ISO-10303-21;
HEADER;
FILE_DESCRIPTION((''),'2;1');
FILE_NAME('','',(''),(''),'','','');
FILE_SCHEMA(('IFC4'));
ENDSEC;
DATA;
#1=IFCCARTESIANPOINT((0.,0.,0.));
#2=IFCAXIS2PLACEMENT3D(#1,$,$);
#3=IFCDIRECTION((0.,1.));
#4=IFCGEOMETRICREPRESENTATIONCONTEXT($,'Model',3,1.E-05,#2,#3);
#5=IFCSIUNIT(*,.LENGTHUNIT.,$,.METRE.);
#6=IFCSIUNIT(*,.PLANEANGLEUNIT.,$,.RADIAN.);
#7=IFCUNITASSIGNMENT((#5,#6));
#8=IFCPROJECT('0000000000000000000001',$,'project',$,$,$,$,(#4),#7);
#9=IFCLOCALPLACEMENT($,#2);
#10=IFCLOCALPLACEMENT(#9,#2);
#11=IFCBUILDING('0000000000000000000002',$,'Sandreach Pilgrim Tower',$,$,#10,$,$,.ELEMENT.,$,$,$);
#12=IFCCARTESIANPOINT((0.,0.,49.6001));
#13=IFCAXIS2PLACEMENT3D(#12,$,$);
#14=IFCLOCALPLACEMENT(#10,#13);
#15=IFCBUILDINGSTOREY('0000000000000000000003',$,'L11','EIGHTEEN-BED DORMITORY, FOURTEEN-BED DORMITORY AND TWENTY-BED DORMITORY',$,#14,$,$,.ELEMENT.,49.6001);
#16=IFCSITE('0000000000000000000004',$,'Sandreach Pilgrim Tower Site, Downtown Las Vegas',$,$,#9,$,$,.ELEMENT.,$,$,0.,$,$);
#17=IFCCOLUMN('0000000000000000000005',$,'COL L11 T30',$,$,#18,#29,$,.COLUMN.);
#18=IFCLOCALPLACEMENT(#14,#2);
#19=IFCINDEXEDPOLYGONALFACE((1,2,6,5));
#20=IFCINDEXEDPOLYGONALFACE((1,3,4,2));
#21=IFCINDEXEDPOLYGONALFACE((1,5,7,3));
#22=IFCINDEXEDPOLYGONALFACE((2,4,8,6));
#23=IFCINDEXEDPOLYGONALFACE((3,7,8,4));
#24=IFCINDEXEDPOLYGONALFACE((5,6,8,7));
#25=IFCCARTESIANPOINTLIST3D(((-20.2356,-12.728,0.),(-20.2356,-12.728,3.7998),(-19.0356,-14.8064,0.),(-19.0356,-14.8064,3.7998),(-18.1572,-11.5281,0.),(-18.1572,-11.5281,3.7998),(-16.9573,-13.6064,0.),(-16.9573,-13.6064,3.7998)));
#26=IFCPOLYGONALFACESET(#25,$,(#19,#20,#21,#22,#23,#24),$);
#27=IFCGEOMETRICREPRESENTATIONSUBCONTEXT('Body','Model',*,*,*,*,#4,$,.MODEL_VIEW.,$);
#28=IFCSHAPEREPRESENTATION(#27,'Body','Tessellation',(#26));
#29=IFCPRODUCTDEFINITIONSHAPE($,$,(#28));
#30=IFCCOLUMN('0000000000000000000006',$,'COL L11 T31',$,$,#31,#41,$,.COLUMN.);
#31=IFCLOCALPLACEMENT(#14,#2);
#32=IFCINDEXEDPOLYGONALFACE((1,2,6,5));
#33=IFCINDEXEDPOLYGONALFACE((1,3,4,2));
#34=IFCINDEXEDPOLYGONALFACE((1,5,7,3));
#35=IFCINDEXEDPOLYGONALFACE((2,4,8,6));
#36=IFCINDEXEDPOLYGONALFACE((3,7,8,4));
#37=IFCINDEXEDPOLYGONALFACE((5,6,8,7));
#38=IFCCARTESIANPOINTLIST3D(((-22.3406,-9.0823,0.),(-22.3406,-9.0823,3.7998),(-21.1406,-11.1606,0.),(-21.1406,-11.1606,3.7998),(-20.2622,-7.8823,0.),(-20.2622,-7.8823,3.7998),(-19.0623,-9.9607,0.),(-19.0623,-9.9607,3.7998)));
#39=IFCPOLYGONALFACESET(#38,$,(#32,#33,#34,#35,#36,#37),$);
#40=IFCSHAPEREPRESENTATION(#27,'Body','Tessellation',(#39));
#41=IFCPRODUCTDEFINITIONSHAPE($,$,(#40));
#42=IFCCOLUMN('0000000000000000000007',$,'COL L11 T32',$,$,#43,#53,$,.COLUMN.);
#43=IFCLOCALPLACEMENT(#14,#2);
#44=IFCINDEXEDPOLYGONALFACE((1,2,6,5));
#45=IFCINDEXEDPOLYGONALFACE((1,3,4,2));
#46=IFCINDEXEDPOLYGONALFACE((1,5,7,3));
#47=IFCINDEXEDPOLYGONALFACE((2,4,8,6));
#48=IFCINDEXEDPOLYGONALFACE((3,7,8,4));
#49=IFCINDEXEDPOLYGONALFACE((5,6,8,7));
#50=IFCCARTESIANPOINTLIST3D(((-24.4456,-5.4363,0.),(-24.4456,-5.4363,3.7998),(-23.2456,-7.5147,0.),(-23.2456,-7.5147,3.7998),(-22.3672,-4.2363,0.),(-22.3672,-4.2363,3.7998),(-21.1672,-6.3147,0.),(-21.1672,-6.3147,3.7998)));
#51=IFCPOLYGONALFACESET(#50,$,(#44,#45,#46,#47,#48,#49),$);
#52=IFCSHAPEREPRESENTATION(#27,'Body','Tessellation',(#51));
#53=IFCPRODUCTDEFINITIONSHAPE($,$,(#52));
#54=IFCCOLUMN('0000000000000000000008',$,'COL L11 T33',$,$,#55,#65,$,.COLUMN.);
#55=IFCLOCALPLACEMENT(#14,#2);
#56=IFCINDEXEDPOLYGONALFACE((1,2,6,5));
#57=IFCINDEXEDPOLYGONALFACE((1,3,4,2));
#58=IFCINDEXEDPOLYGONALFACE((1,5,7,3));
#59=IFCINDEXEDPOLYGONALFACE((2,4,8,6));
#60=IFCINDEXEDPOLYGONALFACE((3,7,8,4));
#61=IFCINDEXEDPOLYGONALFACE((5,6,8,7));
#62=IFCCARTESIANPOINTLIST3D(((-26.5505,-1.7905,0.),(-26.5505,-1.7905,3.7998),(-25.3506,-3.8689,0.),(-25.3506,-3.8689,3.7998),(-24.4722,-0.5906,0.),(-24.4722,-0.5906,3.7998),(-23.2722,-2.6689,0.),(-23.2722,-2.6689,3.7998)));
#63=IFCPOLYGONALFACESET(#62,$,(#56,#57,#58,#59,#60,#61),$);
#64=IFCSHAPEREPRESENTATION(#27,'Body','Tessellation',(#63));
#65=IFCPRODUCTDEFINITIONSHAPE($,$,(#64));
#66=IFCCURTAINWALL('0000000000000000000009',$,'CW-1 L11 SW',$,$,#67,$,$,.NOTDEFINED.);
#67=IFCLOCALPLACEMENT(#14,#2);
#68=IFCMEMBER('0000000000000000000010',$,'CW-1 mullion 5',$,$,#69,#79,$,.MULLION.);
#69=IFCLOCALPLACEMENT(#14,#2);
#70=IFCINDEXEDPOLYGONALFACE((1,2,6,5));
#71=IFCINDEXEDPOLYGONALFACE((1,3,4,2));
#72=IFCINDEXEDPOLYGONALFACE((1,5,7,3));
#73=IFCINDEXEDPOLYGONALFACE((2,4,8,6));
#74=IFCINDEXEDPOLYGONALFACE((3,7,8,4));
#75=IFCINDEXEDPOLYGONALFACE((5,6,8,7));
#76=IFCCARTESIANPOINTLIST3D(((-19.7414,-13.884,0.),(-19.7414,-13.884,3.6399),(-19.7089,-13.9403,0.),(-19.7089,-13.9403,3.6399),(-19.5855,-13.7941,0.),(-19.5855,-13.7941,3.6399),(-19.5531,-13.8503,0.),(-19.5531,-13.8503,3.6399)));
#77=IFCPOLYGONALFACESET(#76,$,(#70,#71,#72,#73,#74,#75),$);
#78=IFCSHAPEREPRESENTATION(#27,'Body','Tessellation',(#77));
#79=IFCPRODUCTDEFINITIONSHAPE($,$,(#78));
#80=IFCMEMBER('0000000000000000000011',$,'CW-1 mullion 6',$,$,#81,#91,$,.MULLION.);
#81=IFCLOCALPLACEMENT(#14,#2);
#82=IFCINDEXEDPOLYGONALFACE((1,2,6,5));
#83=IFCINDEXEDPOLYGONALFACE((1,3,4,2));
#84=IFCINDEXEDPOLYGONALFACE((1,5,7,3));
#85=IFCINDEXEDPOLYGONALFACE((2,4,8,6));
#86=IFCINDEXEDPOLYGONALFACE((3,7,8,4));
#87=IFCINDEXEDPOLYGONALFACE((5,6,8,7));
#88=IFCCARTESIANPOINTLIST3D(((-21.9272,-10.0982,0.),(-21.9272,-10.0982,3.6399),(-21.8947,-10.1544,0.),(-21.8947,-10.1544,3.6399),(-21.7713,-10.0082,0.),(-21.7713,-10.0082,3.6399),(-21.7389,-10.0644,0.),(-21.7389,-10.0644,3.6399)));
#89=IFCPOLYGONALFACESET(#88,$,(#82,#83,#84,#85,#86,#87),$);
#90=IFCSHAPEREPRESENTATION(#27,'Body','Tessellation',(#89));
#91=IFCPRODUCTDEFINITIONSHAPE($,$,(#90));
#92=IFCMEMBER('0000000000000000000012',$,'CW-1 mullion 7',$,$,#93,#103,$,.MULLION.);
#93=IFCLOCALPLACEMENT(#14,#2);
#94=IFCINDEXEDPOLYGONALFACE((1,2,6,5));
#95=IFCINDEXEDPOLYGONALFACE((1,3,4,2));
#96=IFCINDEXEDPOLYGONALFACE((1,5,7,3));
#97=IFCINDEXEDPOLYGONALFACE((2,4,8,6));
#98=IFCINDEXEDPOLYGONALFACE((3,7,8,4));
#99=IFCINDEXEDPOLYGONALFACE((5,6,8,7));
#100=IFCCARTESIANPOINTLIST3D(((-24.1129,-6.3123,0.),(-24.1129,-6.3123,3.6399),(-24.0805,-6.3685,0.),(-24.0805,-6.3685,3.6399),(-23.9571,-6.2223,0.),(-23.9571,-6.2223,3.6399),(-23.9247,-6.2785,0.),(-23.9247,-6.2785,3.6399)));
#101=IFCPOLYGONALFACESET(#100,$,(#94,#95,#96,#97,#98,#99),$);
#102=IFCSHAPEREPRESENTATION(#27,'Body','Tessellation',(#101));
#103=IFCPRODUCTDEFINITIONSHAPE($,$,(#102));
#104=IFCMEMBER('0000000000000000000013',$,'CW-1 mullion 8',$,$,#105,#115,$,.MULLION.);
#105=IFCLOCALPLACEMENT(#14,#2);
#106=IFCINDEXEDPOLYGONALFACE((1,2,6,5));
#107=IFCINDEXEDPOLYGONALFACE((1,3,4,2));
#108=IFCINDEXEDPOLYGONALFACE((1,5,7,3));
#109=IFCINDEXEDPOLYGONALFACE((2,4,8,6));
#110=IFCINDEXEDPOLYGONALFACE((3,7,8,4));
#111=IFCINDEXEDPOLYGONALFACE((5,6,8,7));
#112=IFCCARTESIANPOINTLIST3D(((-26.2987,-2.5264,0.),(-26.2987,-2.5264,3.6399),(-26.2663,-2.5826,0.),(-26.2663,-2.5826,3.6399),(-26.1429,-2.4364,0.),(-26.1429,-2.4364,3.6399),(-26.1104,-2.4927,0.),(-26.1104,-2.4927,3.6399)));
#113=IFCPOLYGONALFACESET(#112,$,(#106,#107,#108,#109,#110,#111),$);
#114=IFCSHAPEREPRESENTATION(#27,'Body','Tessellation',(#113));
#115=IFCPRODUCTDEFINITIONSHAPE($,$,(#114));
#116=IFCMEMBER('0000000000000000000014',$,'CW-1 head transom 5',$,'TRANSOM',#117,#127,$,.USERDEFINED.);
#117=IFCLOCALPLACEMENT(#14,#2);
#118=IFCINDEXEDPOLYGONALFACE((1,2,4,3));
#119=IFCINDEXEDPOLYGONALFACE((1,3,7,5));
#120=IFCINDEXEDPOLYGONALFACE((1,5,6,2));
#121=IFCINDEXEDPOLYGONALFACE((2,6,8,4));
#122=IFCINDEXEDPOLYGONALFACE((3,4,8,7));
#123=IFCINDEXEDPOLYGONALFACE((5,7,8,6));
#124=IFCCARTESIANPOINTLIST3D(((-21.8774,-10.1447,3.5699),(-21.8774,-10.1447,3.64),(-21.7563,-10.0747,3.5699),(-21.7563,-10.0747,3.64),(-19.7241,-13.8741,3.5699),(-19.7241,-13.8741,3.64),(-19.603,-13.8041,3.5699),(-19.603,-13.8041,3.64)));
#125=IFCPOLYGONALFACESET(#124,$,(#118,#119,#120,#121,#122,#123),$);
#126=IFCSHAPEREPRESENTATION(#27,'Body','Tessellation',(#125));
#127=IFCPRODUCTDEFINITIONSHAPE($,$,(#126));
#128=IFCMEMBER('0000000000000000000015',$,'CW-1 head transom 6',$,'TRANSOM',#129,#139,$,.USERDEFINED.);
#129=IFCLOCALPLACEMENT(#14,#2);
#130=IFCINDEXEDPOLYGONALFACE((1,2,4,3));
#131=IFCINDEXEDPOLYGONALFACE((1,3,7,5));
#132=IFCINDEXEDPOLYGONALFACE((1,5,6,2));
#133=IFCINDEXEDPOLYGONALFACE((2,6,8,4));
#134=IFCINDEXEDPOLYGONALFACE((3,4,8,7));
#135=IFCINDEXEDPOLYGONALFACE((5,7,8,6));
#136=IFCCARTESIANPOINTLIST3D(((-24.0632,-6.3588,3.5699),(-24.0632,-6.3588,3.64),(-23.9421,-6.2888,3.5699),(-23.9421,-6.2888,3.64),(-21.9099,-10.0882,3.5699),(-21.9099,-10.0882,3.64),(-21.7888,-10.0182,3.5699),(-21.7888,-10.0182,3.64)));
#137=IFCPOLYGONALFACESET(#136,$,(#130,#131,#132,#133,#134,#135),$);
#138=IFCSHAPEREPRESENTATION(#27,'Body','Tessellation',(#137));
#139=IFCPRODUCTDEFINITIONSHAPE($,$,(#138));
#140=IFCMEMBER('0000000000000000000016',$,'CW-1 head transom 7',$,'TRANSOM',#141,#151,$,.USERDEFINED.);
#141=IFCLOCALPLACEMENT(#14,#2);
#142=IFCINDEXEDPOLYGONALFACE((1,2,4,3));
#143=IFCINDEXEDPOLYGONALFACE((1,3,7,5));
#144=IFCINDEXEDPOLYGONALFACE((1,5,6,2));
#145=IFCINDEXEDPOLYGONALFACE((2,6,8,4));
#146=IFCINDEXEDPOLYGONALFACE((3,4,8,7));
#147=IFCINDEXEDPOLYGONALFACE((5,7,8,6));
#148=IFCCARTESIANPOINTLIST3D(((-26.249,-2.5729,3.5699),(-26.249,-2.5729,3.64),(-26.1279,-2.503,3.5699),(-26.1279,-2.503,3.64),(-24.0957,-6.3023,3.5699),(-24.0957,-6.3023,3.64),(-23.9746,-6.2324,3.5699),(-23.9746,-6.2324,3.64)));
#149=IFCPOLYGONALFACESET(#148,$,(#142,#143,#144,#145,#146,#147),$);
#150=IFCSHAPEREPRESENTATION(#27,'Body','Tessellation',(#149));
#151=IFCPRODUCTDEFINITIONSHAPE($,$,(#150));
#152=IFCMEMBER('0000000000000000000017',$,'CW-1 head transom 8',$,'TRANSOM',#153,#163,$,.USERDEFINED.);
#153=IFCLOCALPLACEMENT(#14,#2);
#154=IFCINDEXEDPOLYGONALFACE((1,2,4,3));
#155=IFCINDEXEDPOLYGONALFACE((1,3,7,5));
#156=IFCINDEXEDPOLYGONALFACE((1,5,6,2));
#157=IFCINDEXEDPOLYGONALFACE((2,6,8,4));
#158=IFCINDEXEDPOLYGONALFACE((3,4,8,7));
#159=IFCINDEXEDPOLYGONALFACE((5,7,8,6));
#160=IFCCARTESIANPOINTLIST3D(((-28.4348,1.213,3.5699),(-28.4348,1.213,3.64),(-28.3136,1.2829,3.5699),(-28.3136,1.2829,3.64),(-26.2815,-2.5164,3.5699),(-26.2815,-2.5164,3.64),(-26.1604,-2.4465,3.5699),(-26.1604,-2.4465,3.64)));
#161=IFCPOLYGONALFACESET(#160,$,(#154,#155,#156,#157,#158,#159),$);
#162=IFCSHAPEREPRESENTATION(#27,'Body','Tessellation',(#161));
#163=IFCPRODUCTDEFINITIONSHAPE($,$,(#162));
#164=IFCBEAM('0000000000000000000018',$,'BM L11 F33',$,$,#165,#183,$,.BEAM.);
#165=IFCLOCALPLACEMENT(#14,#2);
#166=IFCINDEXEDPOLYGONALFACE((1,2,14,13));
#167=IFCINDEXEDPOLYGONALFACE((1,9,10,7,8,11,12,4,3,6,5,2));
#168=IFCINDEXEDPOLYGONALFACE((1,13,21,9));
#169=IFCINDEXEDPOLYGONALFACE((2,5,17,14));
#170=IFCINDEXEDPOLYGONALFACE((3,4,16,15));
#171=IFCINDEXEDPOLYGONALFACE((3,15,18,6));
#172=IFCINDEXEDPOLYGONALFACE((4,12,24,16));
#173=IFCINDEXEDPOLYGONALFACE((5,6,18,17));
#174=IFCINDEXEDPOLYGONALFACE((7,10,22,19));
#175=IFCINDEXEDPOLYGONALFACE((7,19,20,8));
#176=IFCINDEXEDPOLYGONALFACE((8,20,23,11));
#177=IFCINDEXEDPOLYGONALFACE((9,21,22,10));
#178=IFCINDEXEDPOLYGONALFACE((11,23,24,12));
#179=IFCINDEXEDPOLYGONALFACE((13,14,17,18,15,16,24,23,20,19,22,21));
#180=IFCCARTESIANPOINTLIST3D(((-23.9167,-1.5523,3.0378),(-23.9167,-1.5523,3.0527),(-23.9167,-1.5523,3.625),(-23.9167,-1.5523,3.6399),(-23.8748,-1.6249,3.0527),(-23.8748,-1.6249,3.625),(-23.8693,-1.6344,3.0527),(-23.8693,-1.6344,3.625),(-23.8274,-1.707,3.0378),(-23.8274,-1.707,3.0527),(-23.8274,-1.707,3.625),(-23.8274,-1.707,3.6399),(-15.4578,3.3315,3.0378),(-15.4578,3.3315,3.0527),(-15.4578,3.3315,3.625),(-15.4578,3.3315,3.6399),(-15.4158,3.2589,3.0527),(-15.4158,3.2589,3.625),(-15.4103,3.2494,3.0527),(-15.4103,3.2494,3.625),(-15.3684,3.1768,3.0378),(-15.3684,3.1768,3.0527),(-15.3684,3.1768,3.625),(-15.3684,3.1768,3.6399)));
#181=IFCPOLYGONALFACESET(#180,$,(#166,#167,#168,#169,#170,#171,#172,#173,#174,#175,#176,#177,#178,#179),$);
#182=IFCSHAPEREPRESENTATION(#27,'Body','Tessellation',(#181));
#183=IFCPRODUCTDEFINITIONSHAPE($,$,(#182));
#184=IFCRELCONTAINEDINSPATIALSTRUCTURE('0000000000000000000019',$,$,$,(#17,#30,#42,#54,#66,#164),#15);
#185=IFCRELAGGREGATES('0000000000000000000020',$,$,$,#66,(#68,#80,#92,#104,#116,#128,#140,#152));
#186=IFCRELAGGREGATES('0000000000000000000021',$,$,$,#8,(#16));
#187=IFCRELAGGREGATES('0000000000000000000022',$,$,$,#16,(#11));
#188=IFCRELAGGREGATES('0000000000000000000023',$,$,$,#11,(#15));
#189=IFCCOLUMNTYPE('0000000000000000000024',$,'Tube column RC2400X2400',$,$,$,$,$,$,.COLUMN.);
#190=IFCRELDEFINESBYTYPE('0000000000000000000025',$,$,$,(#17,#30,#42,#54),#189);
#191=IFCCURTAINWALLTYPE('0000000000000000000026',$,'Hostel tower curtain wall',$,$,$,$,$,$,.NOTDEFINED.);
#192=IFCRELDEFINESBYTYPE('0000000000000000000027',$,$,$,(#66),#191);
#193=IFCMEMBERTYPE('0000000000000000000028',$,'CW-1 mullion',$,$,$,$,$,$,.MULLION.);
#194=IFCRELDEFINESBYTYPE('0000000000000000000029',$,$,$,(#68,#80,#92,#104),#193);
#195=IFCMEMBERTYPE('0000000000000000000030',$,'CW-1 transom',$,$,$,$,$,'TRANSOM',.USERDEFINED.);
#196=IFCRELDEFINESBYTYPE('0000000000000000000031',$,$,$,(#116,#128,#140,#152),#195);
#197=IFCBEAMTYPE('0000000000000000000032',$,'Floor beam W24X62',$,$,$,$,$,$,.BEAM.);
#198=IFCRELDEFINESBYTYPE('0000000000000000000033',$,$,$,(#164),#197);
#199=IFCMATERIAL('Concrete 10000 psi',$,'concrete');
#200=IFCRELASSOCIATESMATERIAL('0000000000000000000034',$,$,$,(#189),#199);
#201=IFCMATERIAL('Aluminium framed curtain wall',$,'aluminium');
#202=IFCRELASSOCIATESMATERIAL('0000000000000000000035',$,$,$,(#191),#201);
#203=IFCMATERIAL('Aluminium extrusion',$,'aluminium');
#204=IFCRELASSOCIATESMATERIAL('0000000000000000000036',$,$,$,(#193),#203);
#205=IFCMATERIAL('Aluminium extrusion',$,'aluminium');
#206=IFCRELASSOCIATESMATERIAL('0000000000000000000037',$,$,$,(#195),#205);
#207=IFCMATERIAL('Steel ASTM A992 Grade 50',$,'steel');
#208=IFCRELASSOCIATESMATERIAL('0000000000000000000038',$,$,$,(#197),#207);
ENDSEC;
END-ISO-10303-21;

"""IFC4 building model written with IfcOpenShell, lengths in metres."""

from ifc_helpers import new_model, si_unit, direction, frame, origin, origin_2d, place, context, subcontext, project, spatial, rectangle, i_section, extrude, material, material_profile, profile_set, type_object, element, aggregate, save


model = new_model("IFC4")

# Units and contexts
model_context = context("Model", 3, precision=1e-05, world=origin(), true_north=direction((0.0, 1.0)))
body_context = subcontext(model_context, "Body", "Model", "MODEL_VIEW")
ifc_project = project(units=[si_unit("LENGTHUNIT", "METRE"), si_unit("PLANEANGLEUNIT", "RADIAN")], contexts=[model_context])

# Site, building, storey
site_placement = place(None, origin())
site = spatial("IfcSite", under=ifc_project, at=site_placement, Name="Sandreach Pilgrim Tower Site, Downtown Las Vegas", CompositionType="ELEMENT", RefElevation=0.0)
building_placement = place(site_placement, origin())
building = spatial("IfcBuilding", under=site, at=building_placement, Name="Sandreach Pilgrim Tower", CompositionType="ELEMENT")
storey_placement = place(building_placement, frame((0.0, 0.0, 49.6001)))
storey = spatial("IfcBuildingStorey", under=building, at=storey_placement, Name="L11", Description="EIGHTEEN-BED DORMITORY, FOURTEEN-BED DORMITORY AND TWENTY-BED DORMITORY", CompositionType="ELEMENT", Elevation=49.6001)

# Columns
ifc_material_1 = material(Name="Concrete 10000 psi", Category="concrete")
ifc_material_profile_1 = material_profile(ifc_material_1, rectangle(XDim=2.3999, YDim=2.3999, at=origin_2d()), Name="RC2400X2400")
ifc_profile_set_1 = profile_set([ifc_material_profile_1], Name="Concrete 10000 psi")
column_type = type_object("IfcColumnType", Name="Tube column RC2400X2400", PredefinedType="COLUMN", material=ifc_profile_set_1)
for number, where, z_axis, x_axis, name in (
    (1, (-18.5964, -13.1672, 0.0), (0.0, 0.0, 1.0), (-0.866025, -0.5, 0.0), "COL L11 T30"),
    (2, (-20.7014, -9.5215, 0.0), (0.0, 0.0, 1.0), (-0.866025, -0.5, 0.0), "COL L11 T31"),
    (3, (-22.8064, -5.8755, 0.0), (0.0, 0.0, 1.0), (-0.866025, -0.5, 0.0), "COL L11 T32"),
    (4, (-24.9114, -2.2297, 0.0), (0.0, 0.0, 1.0), (-0.866025, -0.5, 0.0), "COL L11 T33"),
):
    element("IfcColumn", number, at=place(storey_placement, frame(where, z_axis=z_axis, x_axis=x_axis)), inside=storey, type_object=column_type, Name=name, PredefinedType="COLUMN", context=body_context, shape_type="SweptSolid", body=[
        extrude(rectangle(XDim=2.3999, YDim=2.3999, at=origin_2d()), origin(), (0.0, 0.0, 1.0), 3.7998),
    ])

# Curtain wall, members
ifc_material_2 = material(Name="Aluminium framed curtain wall", Category="aluminium")
curtain_wall_type = type_object("IfcCurtainWallType", Name="Hostel tower curtain wall", PredefinedType="NOTDEFINED", material=ifc_material_2)
curtain_wall_placement = place(storey_placement, origin())
curtain_wall = element("IfcCurtainWall", 5, at=curtain_wall_placement, inside=storey, type_object=curtain_wall_type, Name="CW-1 L11 SW", PredefinedType="NOTDEFINED")
ifc_material_3 = material(Name="Aluminium extrusion", Category="aluminium")
ifc_material_profile_2 = material_profile(ifc_material_3, rectangle(XDim=0.0649, YDim=0.1799, at=origin_2d()), Name="CW-1M 65X180")
ifc_profile_set_2 = profile_set([ifc_material_profile_2], Name="Aluminium extrusion")
member_type_1 = type_object("IfcMemberType", Name="CW-1 mullion", PredefinedType="MULLION", material=ifc_profile_set_2)
member_1_placement = place(storey_placement, frame((-19.6472, -13.8672, 0.0), z_axis=(0.0, 0.0, 1.0), x_axis=(-0.5, 0.866025, 0.0)))
member_1 = element("IfcMember", 6, at=member_1_placement, type_object=member_type_1, Name="CW-1 mullion 5", PredefinedType="MULLION", context=body_context, shape_type="SweptSolid", body=[
    extrude(rectangle(XDim=0.0649, YDim=0.1799, at=origin_2d()), origin(), (0.0, 0.0, 1.0), 3.6399),
])
member_2_placement = place(storey_placement, frame((-21.833, -10.0813, 0.0), z_axis=(0.0, 0.0, 1.0), x_axis=(-0.5, 0.866025, 0.0)))
member_2 = element("IfcMember", 7, at=member_2_placement, type_object=member_type_1, Name="CW-1 mullion 6", PredefinedType="MULLION", context=body_context, shape_type="SweptSolid", body=[
    extrude(rectangle(XDim=0.0649, YDim=0.1799, at=origin_2d()), origin(), (0.0, 0.0, 1.0), 3.6399),
])
member_3_placement = place(storey_placement, frame((-24.0188, -6.2954, 0.0), z_axis=(0.0, 0.0, 1.0), x_axis=(-0.5, 0.866025, 0.0)))
member_3 = element("IfcMember", 8, at=member_3_placement, type_object=member_type_1, Name="CW-1 mullion 7", PredefinedType="MULLION", context=body_context, shape_type="SweptSolid", body=[
    extrude(rectangle(XDim=0.0649, YDim=0.1799, at=origin_2d()), origin(), (0.0, 0.0, 1.0), 3.6399),
])
member_4_placement = place(storey_placement, frame((-26.2046, -2.5095, 0.0), z_axis=(0.0, 0.0, 1.0), x_axis=(-0.5, 0.866025, 0.0)))
member_4 = element("IfcMember", 9, at=member_4_placement, type_object=member_type_1, Name="CW-1 mullion 8", PredefinedType="MULLION", context=body_context, shape_type="SweptSolid", body=[
    extrude(rectangle(XDim=0.0649, YDim=0.1799, at=origin_2d()), origin(), (0.0, 0.0, 1.0), 3.6399),
])
ifc_material_4 = material(Name="Aluminium extrusion", Category="aluminium")
ifc_material_profile_3 = material_profile(ifc_material_4, rectangle(XDim=0.1399, YDim=0.0701, at=origin_2d()), Name="CW-1T 140X70")
ifc_profile_set_3 = profile_set([ifc_material_profile_3], Name="Aluminium extrusion")
member_type_2 = type_object("IfcMemberType", Name="CW-1 transom", ElementType="TRANSOM", PredefinedType="USERDEFINED", material=ifc_profile_set_3)
member_5_placement = place(storey_placement, frame((-19.6636, -13.8391, 3.605), z_axis=(-0.500017, 0.866016, 0.0), x_axis=(-0.866016, -0.500017, 0.0)))
member_5 = element("IfcMember", 10, at=member_5_placement, type_object=member_type_2, Name="CW-1 head transom 5", ObjectType="TRANSOM", PredefinedType="USERDEFINED", context=body_context, shape_type="SweptSolid", body=[
    extrude(rectangle(XDim=0.1399, YDim=0.0701, at=origin_2d()), origin(), (0.0, 0.0, 1.0), 4.3064),
])
member_6_placement = place(storey_placement, frame((-21.8494, -10.0532, 3.605), z_axis=(-0.500017, 0.866016, 0.0), x_axis=(-0.866016, -0.500017, 0.0)))
member_6 = element("IfcMember", 11, at=member_6_placement, type_object=member_type_2, Name="CW-1 head transom 6", ObjectType="TRANSOM", PredefinedType="USERDEFINED", context=body_context, shape_type="SweptSolid", body=[
    extrude(rectangle(XDim=0.1399, YDim=0.0701, at=origin_2d()), origin(), (0.0, 0.0, 1.0), 4.3064),
])
member_7_placement = place(storey_placement, frame((-24.0352, -6.2673, 3.605), z_axis=(-0.500017, 0.866016, 0.0), x_axis=(-0.866016, -0.500017, 0.0)))
member_7 = element("IfcMember", 12, at=member_7_placement, type_object=member_type_2, Name="CW-1 head transom 7", ObjectType="TRANSOM", PredefinedType="USERDEFINED", context=body_context, shape_type="SweptSolid", body=[
    extrude(rectangle(XDim=0.1399, YDim=0.0701, at=origin_2d()), origin(), (0.0, 0.0, 1.0), 4.3064),
])
member_8_placement = place(storey_placement, frame((-26.2209, -2.4814, 3.605), z_axis=(-0.500017, 0.866016, 0.0), x_axis=(-0.866016, -0.500017, 0.0)))
member_8 = element("IfcMember", 13, at=member_8_placement, type_object=member_type_2, Name="CW-1 head transom 8", ObjectType="TRANSOM", PredefinedType="USERDEFINED", context=body_context, shape_type="SweptSolid", body=[
    extrude(rectangle(XDim=0.1399, YDim=0.0701, at=origin_2d()), origin(), (0.0, 0.0, 1.0), 4.3064),
])

# Beam
ifc_material_5 = material(Name="Steel ASTM A992 Grade 50", Category="steel")
ifc_material_profile_4 = material_profile(ifc_material_5, i_section(OverallWidth=0.1787, OverallDepth=0.6021, WebThickness=0.011, FlangeThickness=0.0149, at=origin_2d()), Name="W24X62")
ifc_profile_set_4 = profile_set([ifc_material_profile_4], Name="Steel ASTM A992 Grade 50")
beam_type_1 = type_object("IfcBeamType", Name="Floor beam W24X62", PredefinedType="BEAM", material=ifc_profile_set_4)
beam_1_placement = place(storey_placement, frame((-23.8721, -1.6296, 3.3389), z_axis=(0.866026, 0.499999, 0.0), x_axis=(-0.499999, 0.866026, 0.0)))
element("IfcBeam", 14, at=beam_1_placement, inside=storey, type_object=beam_type_1, Name="BM L11 F33", PredefinedType="BEAM", context=body_context, shape_type="SweptSolid", body=[
    extrude(i_section(OverallWidth=0.1787, OverallDepth=0.6021, WebThickness=0.011, FlangeThickness=0.0149, at=origin_2d()), origin(), (0.0, 0.0, 1.0), 9.7676),
])

aggregate(curtain_wall, [member_1, member_2, member_3, member_4, member_5, member_6, member_7, member_8])

save(model, "model.ifc")
